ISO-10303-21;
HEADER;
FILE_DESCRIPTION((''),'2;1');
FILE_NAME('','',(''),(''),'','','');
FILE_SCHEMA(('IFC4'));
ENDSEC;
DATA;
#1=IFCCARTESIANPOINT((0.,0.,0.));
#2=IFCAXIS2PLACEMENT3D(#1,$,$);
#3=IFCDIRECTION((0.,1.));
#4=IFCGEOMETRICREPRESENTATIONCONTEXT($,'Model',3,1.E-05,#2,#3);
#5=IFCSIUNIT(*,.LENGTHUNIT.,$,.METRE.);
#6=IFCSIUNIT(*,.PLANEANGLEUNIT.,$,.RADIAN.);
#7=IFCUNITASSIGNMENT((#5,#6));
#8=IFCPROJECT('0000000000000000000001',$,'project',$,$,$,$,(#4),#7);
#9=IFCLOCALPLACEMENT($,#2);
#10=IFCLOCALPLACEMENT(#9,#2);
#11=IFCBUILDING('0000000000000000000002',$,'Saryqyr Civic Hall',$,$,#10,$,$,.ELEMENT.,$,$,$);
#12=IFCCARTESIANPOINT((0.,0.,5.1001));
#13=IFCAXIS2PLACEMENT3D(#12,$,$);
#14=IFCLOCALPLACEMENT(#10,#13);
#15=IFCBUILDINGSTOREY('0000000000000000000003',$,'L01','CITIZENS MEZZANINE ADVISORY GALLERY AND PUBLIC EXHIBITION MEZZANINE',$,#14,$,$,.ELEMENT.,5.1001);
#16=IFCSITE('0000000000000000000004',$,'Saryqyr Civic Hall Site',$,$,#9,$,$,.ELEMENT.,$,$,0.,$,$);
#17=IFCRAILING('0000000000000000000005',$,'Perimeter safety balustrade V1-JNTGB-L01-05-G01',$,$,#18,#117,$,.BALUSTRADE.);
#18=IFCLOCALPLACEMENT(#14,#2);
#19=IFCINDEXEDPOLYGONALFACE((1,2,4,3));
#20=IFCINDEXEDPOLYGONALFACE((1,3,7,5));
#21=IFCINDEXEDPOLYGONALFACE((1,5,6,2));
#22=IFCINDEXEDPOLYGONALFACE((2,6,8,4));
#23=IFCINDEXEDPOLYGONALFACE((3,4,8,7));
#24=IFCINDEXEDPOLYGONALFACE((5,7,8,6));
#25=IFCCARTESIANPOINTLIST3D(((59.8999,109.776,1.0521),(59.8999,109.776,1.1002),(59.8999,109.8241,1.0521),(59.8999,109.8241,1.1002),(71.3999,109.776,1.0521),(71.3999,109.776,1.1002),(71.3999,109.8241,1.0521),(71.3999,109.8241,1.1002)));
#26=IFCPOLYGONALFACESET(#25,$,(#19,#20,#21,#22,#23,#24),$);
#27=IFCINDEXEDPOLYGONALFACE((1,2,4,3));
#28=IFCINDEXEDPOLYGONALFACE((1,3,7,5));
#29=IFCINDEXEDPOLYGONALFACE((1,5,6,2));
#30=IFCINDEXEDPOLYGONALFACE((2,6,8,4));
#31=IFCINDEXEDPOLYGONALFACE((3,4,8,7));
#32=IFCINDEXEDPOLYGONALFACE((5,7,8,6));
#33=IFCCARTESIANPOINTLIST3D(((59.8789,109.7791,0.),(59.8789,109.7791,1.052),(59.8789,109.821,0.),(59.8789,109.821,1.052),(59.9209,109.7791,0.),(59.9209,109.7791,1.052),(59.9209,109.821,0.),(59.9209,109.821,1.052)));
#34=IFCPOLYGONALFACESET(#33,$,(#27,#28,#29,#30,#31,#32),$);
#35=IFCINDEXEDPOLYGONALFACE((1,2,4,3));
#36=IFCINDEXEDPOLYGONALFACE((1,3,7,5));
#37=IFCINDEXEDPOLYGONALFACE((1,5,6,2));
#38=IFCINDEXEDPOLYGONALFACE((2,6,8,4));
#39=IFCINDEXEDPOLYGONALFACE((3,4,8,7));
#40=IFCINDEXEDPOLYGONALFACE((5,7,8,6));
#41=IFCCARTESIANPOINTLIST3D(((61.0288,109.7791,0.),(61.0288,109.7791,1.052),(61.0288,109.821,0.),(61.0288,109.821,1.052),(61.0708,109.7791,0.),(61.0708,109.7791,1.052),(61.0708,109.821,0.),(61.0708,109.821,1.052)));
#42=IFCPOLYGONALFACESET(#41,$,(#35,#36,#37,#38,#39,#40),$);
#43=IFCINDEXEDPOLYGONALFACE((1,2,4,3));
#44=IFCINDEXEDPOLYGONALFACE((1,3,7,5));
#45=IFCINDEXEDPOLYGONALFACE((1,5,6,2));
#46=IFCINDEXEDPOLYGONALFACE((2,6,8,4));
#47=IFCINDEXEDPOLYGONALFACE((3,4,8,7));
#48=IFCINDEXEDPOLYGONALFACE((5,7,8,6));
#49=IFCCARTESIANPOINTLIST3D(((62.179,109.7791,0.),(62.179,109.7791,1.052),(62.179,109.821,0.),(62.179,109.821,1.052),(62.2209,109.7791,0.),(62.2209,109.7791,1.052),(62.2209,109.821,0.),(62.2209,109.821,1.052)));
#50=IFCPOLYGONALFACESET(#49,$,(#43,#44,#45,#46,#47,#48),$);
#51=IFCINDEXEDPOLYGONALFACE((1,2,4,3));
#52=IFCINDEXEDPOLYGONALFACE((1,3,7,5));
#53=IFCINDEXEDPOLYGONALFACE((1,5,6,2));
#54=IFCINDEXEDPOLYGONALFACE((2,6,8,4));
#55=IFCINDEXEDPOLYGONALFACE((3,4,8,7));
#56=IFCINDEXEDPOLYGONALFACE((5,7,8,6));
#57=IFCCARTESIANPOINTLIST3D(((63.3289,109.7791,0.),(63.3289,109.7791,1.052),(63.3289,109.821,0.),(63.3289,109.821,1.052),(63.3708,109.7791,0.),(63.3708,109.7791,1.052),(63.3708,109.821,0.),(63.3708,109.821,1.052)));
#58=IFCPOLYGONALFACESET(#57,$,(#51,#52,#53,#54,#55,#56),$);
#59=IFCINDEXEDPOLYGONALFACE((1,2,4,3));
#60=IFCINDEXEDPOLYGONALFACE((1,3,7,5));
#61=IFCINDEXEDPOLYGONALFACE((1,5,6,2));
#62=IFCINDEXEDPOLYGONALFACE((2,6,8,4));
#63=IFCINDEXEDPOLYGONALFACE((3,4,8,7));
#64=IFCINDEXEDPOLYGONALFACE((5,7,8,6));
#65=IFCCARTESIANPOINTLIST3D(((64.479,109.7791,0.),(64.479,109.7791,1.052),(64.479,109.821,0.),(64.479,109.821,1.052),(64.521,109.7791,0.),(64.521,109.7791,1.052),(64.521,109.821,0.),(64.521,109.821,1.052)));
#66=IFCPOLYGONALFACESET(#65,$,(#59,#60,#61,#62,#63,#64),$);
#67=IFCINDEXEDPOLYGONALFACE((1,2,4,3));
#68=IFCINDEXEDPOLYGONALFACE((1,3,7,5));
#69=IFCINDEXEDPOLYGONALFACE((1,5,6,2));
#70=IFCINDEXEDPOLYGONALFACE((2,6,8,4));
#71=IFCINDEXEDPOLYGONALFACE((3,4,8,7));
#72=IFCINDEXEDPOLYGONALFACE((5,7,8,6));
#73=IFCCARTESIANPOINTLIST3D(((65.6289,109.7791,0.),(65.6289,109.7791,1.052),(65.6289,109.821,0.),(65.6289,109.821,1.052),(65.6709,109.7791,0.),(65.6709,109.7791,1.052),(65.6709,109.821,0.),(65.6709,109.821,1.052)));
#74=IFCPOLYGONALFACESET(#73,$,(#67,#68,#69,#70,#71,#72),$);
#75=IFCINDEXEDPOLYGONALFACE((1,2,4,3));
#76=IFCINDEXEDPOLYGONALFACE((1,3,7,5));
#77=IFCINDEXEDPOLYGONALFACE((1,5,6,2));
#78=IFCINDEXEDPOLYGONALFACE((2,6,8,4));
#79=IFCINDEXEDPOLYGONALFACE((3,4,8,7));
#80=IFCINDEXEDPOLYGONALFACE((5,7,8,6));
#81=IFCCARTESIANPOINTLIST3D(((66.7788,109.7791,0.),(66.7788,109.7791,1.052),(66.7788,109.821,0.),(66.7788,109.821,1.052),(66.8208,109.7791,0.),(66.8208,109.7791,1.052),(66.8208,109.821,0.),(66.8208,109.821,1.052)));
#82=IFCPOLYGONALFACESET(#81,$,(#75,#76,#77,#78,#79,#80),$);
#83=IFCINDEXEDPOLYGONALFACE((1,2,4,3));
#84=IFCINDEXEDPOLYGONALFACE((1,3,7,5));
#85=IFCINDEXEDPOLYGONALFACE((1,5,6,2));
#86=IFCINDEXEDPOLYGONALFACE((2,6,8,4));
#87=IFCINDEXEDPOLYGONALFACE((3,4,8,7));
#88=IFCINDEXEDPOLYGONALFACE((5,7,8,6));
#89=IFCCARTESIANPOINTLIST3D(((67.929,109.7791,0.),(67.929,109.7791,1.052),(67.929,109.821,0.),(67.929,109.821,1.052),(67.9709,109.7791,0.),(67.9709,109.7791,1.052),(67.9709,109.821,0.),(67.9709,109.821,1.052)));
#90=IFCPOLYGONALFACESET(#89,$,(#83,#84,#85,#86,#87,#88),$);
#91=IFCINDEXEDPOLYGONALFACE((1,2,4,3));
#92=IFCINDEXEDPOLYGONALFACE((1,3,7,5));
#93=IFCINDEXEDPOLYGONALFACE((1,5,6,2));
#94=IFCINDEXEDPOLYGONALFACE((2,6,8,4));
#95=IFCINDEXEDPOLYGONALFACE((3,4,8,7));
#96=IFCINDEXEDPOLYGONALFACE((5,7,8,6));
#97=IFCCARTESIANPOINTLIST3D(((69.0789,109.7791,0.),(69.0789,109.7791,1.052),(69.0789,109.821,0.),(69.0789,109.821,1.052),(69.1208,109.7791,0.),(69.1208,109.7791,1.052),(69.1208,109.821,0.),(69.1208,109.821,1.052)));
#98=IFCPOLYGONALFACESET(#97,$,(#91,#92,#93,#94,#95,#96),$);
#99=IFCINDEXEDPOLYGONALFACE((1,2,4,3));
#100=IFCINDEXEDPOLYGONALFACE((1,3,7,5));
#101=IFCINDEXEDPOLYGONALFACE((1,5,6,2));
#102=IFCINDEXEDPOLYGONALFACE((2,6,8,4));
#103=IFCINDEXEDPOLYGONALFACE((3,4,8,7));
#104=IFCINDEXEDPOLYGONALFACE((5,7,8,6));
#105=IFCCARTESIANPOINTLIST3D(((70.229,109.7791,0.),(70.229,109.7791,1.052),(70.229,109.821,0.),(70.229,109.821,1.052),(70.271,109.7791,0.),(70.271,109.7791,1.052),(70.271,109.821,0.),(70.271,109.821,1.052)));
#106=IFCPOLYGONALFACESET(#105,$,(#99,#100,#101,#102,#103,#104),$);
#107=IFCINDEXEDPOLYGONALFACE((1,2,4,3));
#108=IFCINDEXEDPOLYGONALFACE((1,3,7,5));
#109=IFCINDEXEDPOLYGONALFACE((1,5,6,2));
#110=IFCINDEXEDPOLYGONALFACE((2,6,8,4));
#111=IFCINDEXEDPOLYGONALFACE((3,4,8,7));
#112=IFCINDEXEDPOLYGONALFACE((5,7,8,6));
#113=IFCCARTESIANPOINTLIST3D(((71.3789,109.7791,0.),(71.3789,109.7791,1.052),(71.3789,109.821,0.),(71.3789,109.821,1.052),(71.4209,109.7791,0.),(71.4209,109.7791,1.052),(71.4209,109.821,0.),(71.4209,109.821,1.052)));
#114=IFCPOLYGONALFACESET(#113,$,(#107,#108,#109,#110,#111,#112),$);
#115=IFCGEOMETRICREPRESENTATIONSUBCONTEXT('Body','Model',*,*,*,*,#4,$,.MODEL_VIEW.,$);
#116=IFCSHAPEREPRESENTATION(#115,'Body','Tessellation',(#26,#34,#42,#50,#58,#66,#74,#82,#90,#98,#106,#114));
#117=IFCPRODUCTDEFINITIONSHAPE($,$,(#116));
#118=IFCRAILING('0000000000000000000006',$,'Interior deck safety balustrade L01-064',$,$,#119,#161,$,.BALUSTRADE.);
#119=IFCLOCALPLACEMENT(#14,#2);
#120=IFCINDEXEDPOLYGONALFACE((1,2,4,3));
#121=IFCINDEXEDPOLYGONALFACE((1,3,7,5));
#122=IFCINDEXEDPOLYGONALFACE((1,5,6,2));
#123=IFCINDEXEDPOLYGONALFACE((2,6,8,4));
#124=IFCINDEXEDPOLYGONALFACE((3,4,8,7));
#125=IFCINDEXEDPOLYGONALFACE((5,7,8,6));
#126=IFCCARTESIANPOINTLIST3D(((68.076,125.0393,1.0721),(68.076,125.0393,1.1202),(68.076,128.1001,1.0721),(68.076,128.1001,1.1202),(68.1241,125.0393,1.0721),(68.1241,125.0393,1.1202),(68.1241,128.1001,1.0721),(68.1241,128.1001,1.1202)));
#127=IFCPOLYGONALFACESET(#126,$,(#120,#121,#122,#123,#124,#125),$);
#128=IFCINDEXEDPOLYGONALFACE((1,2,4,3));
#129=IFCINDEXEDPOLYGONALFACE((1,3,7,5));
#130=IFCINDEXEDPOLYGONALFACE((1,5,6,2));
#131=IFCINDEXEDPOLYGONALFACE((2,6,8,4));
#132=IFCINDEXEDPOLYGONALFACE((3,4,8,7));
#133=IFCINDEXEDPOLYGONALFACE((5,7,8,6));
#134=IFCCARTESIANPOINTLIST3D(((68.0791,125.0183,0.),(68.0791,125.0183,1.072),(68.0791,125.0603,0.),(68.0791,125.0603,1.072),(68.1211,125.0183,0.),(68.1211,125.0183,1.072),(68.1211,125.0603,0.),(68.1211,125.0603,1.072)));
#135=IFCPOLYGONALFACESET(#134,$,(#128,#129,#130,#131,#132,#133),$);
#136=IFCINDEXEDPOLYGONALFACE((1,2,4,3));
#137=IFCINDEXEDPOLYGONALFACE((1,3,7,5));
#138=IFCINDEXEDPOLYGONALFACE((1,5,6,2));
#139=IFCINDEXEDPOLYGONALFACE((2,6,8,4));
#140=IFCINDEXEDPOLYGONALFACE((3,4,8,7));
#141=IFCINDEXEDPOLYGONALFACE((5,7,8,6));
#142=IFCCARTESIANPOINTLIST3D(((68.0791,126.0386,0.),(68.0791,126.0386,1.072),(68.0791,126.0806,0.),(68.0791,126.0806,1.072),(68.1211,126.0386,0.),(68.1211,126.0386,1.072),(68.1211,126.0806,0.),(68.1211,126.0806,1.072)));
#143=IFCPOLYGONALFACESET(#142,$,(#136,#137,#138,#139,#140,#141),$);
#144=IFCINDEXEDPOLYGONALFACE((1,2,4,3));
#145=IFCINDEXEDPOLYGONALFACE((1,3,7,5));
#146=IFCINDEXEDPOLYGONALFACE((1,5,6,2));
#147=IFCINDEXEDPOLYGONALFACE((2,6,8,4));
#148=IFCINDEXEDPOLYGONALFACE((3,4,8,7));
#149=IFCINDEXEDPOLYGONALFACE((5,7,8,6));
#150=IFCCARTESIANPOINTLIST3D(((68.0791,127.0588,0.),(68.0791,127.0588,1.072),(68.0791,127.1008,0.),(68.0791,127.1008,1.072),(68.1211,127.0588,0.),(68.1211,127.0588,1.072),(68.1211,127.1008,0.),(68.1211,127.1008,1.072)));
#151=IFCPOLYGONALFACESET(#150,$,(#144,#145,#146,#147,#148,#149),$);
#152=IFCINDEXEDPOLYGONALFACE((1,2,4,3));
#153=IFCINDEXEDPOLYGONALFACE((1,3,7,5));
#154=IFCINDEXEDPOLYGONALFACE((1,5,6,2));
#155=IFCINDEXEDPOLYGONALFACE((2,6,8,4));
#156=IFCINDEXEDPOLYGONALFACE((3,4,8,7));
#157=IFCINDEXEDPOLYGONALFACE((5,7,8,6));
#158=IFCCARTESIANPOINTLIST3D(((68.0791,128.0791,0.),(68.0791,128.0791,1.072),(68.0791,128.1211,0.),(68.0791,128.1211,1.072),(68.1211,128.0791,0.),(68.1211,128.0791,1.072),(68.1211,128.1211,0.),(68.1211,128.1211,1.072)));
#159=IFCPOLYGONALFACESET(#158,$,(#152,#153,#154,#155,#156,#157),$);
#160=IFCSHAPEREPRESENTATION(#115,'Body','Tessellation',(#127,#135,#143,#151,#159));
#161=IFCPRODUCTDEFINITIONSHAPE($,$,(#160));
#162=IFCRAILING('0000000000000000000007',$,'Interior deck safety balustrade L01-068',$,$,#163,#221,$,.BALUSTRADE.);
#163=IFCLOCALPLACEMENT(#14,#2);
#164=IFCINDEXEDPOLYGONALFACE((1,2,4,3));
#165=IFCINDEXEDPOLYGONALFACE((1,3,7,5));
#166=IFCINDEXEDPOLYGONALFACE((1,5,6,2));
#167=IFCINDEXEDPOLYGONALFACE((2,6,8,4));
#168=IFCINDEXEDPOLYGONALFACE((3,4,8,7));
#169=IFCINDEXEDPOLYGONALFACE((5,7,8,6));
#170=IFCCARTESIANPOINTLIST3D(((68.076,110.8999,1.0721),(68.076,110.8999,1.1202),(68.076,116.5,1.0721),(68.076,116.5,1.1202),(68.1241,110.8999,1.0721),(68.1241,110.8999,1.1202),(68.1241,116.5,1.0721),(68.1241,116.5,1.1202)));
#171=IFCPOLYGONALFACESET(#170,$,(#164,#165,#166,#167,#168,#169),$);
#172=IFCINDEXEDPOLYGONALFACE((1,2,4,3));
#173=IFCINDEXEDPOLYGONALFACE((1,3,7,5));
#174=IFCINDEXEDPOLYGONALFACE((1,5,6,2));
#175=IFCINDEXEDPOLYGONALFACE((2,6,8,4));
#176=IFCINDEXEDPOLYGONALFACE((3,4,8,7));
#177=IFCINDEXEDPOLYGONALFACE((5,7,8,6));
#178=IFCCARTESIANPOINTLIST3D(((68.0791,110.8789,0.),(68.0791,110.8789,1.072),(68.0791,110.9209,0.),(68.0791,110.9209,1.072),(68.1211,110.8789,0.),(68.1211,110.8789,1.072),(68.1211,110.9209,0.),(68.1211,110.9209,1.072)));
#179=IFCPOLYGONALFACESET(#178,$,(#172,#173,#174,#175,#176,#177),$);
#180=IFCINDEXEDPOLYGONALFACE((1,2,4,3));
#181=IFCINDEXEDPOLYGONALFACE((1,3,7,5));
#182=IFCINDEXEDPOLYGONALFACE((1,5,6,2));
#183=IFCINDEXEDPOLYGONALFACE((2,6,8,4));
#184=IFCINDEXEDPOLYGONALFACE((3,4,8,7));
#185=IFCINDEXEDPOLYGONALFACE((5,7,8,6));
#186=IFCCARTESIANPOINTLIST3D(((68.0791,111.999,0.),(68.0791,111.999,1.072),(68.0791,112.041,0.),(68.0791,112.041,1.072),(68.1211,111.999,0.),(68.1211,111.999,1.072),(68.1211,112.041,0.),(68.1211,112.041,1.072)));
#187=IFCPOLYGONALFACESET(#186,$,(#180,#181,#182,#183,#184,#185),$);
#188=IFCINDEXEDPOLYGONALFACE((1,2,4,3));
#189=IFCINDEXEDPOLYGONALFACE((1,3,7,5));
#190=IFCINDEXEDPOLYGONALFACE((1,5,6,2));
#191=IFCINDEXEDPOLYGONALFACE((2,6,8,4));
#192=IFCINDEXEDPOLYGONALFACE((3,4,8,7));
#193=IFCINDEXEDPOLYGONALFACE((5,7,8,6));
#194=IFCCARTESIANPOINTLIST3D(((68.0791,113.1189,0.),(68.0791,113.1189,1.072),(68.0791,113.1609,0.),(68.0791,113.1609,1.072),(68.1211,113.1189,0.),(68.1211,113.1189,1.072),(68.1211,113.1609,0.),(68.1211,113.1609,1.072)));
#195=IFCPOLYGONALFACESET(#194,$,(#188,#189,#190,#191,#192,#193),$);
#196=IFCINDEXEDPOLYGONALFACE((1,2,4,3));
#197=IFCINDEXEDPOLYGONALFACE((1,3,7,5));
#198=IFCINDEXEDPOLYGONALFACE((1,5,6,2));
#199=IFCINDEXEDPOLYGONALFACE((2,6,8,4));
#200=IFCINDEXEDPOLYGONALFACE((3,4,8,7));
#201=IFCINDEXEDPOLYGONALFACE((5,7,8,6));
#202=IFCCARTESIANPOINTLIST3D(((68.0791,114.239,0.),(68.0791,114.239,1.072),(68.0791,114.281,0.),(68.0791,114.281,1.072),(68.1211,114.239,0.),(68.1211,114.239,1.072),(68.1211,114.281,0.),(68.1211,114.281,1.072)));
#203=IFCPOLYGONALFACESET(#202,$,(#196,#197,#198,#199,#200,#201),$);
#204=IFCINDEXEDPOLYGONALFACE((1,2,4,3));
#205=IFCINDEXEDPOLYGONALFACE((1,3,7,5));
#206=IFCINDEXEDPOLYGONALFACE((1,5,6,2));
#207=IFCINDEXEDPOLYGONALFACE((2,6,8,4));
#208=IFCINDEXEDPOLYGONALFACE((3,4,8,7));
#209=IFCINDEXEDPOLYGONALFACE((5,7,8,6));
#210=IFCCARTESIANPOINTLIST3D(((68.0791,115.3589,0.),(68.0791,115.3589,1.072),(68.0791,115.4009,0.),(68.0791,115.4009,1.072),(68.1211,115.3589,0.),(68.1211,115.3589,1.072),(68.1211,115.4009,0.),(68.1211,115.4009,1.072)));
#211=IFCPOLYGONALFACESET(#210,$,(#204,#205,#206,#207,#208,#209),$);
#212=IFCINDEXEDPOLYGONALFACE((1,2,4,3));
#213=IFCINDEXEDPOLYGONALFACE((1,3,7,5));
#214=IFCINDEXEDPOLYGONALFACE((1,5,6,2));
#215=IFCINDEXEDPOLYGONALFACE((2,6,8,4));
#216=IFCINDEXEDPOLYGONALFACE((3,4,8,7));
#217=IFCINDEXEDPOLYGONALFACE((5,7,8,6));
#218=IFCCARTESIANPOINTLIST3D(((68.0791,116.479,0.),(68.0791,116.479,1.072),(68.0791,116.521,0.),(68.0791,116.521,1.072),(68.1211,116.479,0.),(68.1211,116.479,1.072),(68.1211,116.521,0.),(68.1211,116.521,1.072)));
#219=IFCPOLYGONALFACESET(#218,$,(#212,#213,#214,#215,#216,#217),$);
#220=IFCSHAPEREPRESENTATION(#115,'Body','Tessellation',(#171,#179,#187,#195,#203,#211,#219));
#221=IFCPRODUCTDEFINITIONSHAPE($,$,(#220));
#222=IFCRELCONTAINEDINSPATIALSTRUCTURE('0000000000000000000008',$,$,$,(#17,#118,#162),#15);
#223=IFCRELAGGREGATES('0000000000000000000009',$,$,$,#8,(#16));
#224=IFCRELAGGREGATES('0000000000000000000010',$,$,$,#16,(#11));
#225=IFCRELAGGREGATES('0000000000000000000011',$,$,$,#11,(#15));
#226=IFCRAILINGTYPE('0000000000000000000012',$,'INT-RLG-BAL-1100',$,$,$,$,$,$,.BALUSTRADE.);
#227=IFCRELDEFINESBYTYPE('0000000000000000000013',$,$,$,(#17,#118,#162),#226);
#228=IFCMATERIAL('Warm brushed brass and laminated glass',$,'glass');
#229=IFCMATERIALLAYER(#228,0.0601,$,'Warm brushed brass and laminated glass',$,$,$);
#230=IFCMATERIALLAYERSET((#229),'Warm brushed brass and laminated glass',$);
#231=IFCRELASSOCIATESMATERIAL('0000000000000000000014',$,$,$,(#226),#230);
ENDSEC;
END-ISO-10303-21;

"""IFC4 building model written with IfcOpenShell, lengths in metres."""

from ifc_helpers import new_model, si_unit, direction, frame, origin, origin_2d, place, context, subcontext, project, spatial, rectangle, extrude, material, layer, layer_set, type_object, element, save


model = new_model("IFC4")

# Units and contexts
model_context = context("Model", 3, precision=1e-05, world=origin(), true_north=direction((0.0, 1.0)))
body_context = subcontext(model_context, "Body", "Model", "MODEL_VIEW")
ifc_project = project(units=[si_unit("LENGTHUNIT", "METRE"), si_unit("PLANEANGLEUNIT", "RADIAN")], contexts=[model_context])

# Site, building, storey
site_placement = place(None, origin())
site = spatial("IfcSite", under=ifc_project, at=site_placement, Name="Saryqyr Civic Hall Site", CompositionType="ELEMENT", RefElevation=0.0)
building_placement = place(site_placement, origin())
building = spatial("IfcBuilding", under=site, at=building_placement, Name="Saryqyr Civic Hall", CompositionType="ELEMENT")
storey_placement = place(building_placement, frame((0.0, 0.0, 5.1001)))
storey = spatial("IfcBuildingStorey", under=building, at=storey_placement, Name="L01", Description="CITIZENS MEZZANINE ADVISORY GALLERY AND PUBLIC EXHIBITION MEZZANINE", CompositionType="ELEMENT", Elevation=5.1001)

# Railings
ifc_material_1 = material(Name="Warm brushed brass and laminated glass", Category="glass")
ifc_layer_1 = layer(ifc_material_1, 0.0601, Name="Warm brushed brass and laminated glass")
ifc_layer_set_1 = layer_set([ifc_layer_1], Name="Warm brushed brass and laminated glass")
railing_type = type_object("IfcRailingType", Name="INT-RLG-BAL-1100", PredefinedType="BALUSTRADE", material=ifc_layer_set_1)
railing_1_placement = place(storey_placement, frame((59.8999, 109.8, 0.0)))
element("IfcRailing", 1, at=railing_1_placement, inside=storey, type_object=railing_type, Name="Perimeter safety balustrade V1-JNTGB-L01-05-G01", PredefinedType="BALUSTRADE", context=body_context, shape_type="SweptSolid", body=[
    extrude(rectangle(XDim=0.0481, YDim=0.0481, at=origin_2d()), frame((0.0, 0.0, 1.0762), z_axis=(1.0, 0.0, 0.0), x_axis=(0.0, 1.0, 0.0)), (0.0, 0.0, 1.0), 11.5),
    extrude(rectangle(XDim=0.042, YDim=0.042, at=origin_2d()), origin(), (0.0, 0.0, 1.0), 1.052),
    extrude(rectangle(XDim=0.042, YDim=0.042, at=origin_2d()), frame((1.1499, 0.0, 0.0)), (0.0, 0.0, 1.0), 1.052),
    extrude(rectangle(XDim=0.042, YDim=0.042, at=origin_2d()), frame((2.3, 0.0, 0.0)), (0.0, 0.0, 1.0), 1.052),
    extrude(rectangle(XDim=0.042, YDim=0.042, at=origin_2d()), frame((3.45, 0.0, 0.0)), (0.0, 0.0, 1.0), 1.052),
    extrude(rectangle(XDim=0.042, YDim=0.042, at=origin_2d()), frame((4.6001, 0.0, 0.0)), (0.0, 0.0, 1.0), 1.052),
    extrude(rectangle(XDim=0.042, YDim=0.042, at=origin_2d()), frame((5.75, 0.0, 0.0)), (0.0, 0.0, 1.0), 1.052),
    extrude(rectangle(XDim=0.042, YDim=0.042, at=origin_2d()), frame((6.8999, 0.0, 0.0)), (0.0, 0.0, 1.0), 1.052),
    extrude(rectangle(XDim=0.042, YDim=0.042, at=origin_2d()), frame((8.05, 0.0, 0.0)), (0.0, 0.0, 1.0), 1.052),
    extrude(rectangle(XDim=0.042, YDim=0.042, at=origin_2d()), frame((9.2, 0.0, 0.0)), (0.0, 0.0, 1.0), 1.052),
    extrude(rectangle(XDim=0.042, YDim=0.042, at=origin_2d()), frame((10.3501, 0.0, 0.0)), (0.0, 0.0, 1.0), 1.052),
    extrude(rectangle(XDim=0.042, YDim=0.042, at=origin_2d()), frame((11.5, 0.0, 0.0)), (0.0, 0.0, 1.0), 1.052),
])
railing_2_placement = place(storey_placement, frame((68.1001, 125.0393, 0.0)))
element("IfcRailing", 2, at=railing_2_placement, inside=storey, type_object=railing_type, Name="Interior deck safety balustrade L01-064", PredefinedType="BALUSTRADE", context=body_context, shape_type="SweptSolid", body=[
    extrude(rectangle(XDim=0.0481, YDim=0.0481, at=origin_2d()), frame((0.0, 0.0, 1.0962), z_axis=(0.0, 1.0, 0.0), x_axis=(-1.0, 0.0, 0.0)), (0.0, 0.0, 1.0), 3.0608),
    extrude(rectangle(XDim=0.042, YDim=0.042, at=origin_2d()), origin(), (0.0, 0.0, 1.0), 1.072),
    extrude(rectangle(XDim=0.042, YDim=0.042, at=origin_2d()), frame((0.0, 1.0203, 0.0)), (0.0, 0.0, 1.0), 1.072),
    extrude(rectangle(XDim=0.042, YDim=0.042, at=origin_2d()), frame((0.0, 2.0405, 0.0)), (0.0, 0.0, 1.0), 1.072),
    extrude(rectangle(XDim=0.042, YDim=0.042, at=origin_2d()), frame((0.0, 3.0608, 0.0)), (0.0, 0.0, 1.0), 1.072),
])
railing_3_placement = place(storey_placement, frame((68.1001, 110.8999, 0.0)))
element("IfcRailing", 3, at=railing_3_placement, inside=storey, type_object=railing_type, Name="Interior deck safety balustrade L01-068", PredefinedType="BALUSTRADE", context=body_context, shape_type="SweptSolid", body=[
    extrude(rectangle(XDim=0.0481, YDim=0.0481, at=origin_2d()), frame((0.0, 0.0, 1.0962), z_axis=(0.0, 1.0, 0.0), x_axis=(-1.0, 0.0, 0.0)), (0.0, 0.0, 1.0), 5.6001),
    extrude(rectangle(XDim=0.042, YDim=0.042, at=origin_2d()), origin(), (0.0, 0.0, 1.0), 1.072),
    extrude(rectangle(XDim=0.042, YDim=0.042, at=origin_2d()), frame((0.0, 1.1201, 0.0)), (0.0, 0.0, 1.0), 1.072),
    extrude(rectangle(XDim=0.042, YDim=0.042, at=origin_2d()), frame((0.0, 2.24, 0.0)), (0.0, 0.0, 1.0), 1.072),
    extrude(rectangle(XDim=0.042, YDim=0.042, at=origin_2d()), frame((0.0, 3.3601, 0.0)), (0.0, 0.0, 1.0), 1.072),
    extrude(rectangle(XDim=0.042, YDim=0.042, at=origin_2d()), frame((0.0, 4.48, 0.0)), (0.0, 0.0, 1.0), 1.072),
    extrude(rectangle(XDim=0.042, YDim=0.042, at=origin_2d()), frame((0.0, 5.6001, 0.0)), (0.0, 0.0, 1.0), 1.072),
])

save(model, "model.ifc")
